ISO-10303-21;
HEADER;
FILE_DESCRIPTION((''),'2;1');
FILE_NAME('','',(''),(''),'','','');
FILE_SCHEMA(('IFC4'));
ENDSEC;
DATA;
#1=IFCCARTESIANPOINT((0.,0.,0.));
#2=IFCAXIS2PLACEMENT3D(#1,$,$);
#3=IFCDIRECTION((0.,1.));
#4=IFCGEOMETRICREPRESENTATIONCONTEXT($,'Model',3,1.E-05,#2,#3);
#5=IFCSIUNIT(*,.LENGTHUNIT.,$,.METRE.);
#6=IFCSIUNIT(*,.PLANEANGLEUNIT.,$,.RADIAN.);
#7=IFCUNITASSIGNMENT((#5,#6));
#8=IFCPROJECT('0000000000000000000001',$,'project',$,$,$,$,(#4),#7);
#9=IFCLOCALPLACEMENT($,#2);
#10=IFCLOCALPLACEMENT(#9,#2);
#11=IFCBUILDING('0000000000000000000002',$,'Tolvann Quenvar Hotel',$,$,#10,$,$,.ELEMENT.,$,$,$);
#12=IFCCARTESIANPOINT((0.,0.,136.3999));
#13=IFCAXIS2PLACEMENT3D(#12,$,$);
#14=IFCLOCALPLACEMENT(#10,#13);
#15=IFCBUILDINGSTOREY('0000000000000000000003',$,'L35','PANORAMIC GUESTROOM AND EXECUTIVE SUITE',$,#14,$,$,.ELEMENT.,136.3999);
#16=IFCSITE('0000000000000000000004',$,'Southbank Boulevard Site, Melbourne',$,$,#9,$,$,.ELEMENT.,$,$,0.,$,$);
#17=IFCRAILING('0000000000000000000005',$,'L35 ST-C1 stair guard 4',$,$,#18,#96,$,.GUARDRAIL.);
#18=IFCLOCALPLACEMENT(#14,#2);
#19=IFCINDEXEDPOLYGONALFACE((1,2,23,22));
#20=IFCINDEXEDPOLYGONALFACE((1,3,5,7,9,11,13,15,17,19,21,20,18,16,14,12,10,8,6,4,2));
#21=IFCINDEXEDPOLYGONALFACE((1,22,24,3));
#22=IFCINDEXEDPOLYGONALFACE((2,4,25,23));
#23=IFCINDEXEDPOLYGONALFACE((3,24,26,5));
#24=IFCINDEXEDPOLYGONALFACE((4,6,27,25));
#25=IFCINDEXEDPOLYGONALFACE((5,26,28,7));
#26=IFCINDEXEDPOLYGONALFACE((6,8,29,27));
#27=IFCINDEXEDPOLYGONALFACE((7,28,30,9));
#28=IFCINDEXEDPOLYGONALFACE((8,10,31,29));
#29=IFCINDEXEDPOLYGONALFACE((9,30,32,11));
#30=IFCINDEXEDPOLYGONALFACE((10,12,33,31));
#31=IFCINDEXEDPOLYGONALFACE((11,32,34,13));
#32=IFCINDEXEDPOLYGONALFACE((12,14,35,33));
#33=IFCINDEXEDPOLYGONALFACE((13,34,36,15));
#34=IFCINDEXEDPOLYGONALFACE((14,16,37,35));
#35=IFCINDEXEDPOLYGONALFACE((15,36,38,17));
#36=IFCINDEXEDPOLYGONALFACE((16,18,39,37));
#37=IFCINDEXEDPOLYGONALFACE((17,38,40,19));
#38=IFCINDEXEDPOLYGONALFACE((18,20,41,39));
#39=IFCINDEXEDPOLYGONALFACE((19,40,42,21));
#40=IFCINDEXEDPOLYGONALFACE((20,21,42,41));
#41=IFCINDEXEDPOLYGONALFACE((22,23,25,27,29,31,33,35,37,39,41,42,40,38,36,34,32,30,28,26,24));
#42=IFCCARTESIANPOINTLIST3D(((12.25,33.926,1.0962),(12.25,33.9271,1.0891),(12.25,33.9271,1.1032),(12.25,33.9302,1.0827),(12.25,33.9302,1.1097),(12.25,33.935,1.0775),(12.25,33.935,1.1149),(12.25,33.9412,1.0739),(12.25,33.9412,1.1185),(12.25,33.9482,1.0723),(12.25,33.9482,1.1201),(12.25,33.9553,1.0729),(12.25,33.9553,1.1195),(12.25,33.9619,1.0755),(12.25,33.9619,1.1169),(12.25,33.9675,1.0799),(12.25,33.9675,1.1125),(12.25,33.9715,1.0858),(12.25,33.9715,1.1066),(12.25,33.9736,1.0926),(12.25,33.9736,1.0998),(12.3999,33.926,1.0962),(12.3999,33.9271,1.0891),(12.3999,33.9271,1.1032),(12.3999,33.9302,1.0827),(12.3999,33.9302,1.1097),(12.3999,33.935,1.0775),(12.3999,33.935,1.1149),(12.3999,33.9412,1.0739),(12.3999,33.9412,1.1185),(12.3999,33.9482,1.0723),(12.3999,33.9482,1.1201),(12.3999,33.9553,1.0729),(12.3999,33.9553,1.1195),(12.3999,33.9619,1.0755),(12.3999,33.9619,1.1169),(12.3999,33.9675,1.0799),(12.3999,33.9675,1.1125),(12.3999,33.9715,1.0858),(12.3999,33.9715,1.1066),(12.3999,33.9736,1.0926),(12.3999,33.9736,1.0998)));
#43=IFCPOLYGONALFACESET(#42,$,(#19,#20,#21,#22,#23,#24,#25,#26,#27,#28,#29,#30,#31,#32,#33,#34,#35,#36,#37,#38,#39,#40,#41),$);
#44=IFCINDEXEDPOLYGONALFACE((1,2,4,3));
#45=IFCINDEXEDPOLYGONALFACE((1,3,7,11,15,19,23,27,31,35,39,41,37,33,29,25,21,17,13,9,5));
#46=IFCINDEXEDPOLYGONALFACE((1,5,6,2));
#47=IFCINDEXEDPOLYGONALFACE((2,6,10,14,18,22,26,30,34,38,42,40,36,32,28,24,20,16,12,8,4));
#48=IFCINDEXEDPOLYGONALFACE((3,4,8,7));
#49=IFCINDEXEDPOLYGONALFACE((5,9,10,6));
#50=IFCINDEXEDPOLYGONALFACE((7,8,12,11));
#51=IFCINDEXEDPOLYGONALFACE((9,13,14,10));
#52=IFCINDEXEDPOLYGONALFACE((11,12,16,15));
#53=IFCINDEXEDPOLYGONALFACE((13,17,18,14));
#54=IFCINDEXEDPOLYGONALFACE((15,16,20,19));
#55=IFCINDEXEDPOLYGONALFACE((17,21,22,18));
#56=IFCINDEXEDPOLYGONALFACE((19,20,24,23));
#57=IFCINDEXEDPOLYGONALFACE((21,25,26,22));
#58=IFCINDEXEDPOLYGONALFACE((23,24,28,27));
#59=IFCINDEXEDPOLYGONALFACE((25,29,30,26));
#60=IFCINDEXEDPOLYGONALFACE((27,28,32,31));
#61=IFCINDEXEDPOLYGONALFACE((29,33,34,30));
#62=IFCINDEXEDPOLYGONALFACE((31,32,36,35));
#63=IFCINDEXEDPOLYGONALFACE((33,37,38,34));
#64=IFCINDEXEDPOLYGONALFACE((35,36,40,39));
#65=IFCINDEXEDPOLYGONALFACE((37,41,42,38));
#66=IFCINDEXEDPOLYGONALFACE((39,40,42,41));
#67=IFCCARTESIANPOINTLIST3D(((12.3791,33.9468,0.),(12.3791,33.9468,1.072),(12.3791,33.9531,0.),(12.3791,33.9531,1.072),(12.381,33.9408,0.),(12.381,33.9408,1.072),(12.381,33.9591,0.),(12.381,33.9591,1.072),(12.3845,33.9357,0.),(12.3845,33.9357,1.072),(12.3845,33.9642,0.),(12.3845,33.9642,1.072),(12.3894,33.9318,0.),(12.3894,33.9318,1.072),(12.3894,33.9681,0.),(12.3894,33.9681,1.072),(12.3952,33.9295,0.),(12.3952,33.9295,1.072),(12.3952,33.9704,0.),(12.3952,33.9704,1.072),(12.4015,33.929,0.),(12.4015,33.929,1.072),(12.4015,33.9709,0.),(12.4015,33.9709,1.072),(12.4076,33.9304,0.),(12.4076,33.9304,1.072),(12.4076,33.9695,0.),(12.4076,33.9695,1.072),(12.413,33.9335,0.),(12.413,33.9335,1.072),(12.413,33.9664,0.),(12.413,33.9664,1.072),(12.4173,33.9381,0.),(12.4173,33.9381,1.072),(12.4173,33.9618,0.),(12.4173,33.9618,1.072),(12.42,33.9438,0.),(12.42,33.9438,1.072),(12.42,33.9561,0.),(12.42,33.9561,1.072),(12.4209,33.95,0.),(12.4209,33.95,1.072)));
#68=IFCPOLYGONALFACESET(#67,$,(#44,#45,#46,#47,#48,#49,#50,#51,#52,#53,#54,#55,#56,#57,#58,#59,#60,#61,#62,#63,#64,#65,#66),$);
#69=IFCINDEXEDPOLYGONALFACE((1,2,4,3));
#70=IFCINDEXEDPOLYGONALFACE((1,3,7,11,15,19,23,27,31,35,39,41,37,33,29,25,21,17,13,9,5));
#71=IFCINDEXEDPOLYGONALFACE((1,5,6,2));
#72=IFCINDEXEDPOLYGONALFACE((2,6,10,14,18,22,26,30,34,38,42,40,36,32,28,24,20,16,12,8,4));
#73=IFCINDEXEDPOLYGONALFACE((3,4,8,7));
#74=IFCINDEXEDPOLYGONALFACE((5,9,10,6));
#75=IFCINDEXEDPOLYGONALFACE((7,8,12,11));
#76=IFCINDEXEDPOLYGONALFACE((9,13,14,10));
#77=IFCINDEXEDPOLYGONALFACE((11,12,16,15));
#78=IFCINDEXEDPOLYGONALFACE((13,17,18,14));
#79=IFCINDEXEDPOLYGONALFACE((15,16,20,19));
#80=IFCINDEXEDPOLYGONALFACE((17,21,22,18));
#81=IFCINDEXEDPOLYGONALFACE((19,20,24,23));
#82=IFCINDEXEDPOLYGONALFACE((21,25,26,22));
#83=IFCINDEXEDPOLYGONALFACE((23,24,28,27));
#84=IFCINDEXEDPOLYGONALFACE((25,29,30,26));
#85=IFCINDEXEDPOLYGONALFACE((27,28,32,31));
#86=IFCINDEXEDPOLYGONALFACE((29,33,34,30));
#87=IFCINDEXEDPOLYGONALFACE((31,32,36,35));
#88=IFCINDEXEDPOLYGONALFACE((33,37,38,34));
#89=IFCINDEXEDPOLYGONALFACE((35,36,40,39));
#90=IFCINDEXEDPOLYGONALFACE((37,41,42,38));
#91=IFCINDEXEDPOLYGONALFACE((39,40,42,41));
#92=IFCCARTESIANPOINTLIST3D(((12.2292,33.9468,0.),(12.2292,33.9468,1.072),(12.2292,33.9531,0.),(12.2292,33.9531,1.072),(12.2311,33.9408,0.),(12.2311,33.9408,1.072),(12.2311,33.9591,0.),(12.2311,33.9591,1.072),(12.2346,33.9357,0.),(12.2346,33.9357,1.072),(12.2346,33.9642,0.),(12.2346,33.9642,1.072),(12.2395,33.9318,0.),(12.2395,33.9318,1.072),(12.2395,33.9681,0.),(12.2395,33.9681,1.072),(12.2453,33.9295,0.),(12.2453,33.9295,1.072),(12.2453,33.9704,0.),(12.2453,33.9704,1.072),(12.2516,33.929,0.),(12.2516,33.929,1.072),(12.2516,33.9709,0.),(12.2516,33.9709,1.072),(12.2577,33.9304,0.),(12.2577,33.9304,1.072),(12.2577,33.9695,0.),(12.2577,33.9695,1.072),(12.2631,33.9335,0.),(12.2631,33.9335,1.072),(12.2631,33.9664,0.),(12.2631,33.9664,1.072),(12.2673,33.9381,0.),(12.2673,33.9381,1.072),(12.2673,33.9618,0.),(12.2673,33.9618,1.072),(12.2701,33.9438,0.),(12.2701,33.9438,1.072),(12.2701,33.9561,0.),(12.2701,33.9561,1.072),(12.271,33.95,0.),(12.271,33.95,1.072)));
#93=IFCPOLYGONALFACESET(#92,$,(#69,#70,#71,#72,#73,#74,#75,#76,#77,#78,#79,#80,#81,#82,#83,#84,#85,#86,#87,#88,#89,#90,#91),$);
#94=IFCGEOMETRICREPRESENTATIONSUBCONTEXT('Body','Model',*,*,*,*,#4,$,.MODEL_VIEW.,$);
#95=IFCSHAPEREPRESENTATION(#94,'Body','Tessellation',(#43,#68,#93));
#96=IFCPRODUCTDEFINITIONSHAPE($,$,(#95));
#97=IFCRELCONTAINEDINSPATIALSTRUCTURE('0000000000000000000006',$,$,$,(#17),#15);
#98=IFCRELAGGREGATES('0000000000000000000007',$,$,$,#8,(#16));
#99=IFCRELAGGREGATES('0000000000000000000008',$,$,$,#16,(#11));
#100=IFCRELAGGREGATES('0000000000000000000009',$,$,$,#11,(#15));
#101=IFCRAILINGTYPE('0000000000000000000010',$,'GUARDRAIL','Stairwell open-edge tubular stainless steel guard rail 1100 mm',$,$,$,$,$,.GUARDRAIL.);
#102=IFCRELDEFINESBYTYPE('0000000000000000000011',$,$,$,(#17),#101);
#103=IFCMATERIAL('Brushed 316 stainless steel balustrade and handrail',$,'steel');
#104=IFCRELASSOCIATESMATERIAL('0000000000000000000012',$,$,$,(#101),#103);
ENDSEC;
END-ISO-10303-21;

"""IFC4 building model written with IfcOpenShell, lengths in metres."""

from ifc_helpers import new_model, si_unit, direction, frame, origin, origin_2d, place, context, subcontext, project, spatial, circle, extrude, material, type_object, element, save


model = new_model("IFC4")

# Units and contexts
model_context = context("Model", 3, precision=1e-05, world=origin(), true_north=direction((0.0, 1.0)))
body_context = subcontext(model_context, "Body", "Model", "MODEL_VIEW")
ifc_project = project(units=[si_unit("LENGTHUNIT", "METRE"), si_unit("PLANEANGLEUNIT", "RADIAN")], contexts=[model_context])

# Site, building, storey
site_placement = place(None, origin())
site = spatial("IfcSite", under=ifc_project, at=site_placement, Name="Southbank Boulevard Site, Melbourne", CompositionType="ELEMENT", RefElevation=0.0)
building_placement = place(site_placement, origin())
building = spatial("IfcBuilding", under=site, at=building_placement, Name="Tolvann Quenvar Hotel", CompositionType="ELEMENT")
storey_placement = place(building_placement, frame((0.0, 0.0, 136.3999)))
storey = spatial("IfcBuildingStorey", under=building, at=storey_placement, Name="L35", Description="PANORAMIC GUESTROOM AND EXECUTIVE SUITE", CompositionType="ELEMENT", Elevation=136.3999)

# Railing
ifc_material_1 = material(Name="Brushed 316 stainless steel balustrade and handrail", Category="steel")
railing_type_1 = type_object("IfcRailingType", Name="GUARDRAIL", Description="Stairwell open-edge tubular stainless steel guard rail 1100 mm", PredefinedType="GUARDRAIL", material=ifc_material_1)
railing_1_placement = place(storey_placement, frame((12.3999, 33.95, 0.0)))
element("IfcRailing", 1, at=railing_1_placement, inside=storey, type_object=railing_type_1, Name="L35 ST-C1 stair guard 4", PredefinedType="GUARDRAIL", context=body_context, shape_type="SweptSolid", body=[
    extrude(circle(Radius=0.0239, at=origin_2d()), frame((0.0, 0.0, 1.0962), z_axis=(-1.0, 0.0, 0.0), x_axis=(0.0, -1.0, 0.0)), (0.0, 0.0, 1.0), 0.1499),
    extrude(circle(Radius=0.021, at=origin_2d()), origin(), (0.0, 0.0, 1.0), 1.072),
    extrude(circle(Radius=0.021, at=origin_2d()), frame((-0.1499, 0.0, 0.0)), (0.0, 0.0, 1.0), 1.072),
])

save(model, "model.ifc")
